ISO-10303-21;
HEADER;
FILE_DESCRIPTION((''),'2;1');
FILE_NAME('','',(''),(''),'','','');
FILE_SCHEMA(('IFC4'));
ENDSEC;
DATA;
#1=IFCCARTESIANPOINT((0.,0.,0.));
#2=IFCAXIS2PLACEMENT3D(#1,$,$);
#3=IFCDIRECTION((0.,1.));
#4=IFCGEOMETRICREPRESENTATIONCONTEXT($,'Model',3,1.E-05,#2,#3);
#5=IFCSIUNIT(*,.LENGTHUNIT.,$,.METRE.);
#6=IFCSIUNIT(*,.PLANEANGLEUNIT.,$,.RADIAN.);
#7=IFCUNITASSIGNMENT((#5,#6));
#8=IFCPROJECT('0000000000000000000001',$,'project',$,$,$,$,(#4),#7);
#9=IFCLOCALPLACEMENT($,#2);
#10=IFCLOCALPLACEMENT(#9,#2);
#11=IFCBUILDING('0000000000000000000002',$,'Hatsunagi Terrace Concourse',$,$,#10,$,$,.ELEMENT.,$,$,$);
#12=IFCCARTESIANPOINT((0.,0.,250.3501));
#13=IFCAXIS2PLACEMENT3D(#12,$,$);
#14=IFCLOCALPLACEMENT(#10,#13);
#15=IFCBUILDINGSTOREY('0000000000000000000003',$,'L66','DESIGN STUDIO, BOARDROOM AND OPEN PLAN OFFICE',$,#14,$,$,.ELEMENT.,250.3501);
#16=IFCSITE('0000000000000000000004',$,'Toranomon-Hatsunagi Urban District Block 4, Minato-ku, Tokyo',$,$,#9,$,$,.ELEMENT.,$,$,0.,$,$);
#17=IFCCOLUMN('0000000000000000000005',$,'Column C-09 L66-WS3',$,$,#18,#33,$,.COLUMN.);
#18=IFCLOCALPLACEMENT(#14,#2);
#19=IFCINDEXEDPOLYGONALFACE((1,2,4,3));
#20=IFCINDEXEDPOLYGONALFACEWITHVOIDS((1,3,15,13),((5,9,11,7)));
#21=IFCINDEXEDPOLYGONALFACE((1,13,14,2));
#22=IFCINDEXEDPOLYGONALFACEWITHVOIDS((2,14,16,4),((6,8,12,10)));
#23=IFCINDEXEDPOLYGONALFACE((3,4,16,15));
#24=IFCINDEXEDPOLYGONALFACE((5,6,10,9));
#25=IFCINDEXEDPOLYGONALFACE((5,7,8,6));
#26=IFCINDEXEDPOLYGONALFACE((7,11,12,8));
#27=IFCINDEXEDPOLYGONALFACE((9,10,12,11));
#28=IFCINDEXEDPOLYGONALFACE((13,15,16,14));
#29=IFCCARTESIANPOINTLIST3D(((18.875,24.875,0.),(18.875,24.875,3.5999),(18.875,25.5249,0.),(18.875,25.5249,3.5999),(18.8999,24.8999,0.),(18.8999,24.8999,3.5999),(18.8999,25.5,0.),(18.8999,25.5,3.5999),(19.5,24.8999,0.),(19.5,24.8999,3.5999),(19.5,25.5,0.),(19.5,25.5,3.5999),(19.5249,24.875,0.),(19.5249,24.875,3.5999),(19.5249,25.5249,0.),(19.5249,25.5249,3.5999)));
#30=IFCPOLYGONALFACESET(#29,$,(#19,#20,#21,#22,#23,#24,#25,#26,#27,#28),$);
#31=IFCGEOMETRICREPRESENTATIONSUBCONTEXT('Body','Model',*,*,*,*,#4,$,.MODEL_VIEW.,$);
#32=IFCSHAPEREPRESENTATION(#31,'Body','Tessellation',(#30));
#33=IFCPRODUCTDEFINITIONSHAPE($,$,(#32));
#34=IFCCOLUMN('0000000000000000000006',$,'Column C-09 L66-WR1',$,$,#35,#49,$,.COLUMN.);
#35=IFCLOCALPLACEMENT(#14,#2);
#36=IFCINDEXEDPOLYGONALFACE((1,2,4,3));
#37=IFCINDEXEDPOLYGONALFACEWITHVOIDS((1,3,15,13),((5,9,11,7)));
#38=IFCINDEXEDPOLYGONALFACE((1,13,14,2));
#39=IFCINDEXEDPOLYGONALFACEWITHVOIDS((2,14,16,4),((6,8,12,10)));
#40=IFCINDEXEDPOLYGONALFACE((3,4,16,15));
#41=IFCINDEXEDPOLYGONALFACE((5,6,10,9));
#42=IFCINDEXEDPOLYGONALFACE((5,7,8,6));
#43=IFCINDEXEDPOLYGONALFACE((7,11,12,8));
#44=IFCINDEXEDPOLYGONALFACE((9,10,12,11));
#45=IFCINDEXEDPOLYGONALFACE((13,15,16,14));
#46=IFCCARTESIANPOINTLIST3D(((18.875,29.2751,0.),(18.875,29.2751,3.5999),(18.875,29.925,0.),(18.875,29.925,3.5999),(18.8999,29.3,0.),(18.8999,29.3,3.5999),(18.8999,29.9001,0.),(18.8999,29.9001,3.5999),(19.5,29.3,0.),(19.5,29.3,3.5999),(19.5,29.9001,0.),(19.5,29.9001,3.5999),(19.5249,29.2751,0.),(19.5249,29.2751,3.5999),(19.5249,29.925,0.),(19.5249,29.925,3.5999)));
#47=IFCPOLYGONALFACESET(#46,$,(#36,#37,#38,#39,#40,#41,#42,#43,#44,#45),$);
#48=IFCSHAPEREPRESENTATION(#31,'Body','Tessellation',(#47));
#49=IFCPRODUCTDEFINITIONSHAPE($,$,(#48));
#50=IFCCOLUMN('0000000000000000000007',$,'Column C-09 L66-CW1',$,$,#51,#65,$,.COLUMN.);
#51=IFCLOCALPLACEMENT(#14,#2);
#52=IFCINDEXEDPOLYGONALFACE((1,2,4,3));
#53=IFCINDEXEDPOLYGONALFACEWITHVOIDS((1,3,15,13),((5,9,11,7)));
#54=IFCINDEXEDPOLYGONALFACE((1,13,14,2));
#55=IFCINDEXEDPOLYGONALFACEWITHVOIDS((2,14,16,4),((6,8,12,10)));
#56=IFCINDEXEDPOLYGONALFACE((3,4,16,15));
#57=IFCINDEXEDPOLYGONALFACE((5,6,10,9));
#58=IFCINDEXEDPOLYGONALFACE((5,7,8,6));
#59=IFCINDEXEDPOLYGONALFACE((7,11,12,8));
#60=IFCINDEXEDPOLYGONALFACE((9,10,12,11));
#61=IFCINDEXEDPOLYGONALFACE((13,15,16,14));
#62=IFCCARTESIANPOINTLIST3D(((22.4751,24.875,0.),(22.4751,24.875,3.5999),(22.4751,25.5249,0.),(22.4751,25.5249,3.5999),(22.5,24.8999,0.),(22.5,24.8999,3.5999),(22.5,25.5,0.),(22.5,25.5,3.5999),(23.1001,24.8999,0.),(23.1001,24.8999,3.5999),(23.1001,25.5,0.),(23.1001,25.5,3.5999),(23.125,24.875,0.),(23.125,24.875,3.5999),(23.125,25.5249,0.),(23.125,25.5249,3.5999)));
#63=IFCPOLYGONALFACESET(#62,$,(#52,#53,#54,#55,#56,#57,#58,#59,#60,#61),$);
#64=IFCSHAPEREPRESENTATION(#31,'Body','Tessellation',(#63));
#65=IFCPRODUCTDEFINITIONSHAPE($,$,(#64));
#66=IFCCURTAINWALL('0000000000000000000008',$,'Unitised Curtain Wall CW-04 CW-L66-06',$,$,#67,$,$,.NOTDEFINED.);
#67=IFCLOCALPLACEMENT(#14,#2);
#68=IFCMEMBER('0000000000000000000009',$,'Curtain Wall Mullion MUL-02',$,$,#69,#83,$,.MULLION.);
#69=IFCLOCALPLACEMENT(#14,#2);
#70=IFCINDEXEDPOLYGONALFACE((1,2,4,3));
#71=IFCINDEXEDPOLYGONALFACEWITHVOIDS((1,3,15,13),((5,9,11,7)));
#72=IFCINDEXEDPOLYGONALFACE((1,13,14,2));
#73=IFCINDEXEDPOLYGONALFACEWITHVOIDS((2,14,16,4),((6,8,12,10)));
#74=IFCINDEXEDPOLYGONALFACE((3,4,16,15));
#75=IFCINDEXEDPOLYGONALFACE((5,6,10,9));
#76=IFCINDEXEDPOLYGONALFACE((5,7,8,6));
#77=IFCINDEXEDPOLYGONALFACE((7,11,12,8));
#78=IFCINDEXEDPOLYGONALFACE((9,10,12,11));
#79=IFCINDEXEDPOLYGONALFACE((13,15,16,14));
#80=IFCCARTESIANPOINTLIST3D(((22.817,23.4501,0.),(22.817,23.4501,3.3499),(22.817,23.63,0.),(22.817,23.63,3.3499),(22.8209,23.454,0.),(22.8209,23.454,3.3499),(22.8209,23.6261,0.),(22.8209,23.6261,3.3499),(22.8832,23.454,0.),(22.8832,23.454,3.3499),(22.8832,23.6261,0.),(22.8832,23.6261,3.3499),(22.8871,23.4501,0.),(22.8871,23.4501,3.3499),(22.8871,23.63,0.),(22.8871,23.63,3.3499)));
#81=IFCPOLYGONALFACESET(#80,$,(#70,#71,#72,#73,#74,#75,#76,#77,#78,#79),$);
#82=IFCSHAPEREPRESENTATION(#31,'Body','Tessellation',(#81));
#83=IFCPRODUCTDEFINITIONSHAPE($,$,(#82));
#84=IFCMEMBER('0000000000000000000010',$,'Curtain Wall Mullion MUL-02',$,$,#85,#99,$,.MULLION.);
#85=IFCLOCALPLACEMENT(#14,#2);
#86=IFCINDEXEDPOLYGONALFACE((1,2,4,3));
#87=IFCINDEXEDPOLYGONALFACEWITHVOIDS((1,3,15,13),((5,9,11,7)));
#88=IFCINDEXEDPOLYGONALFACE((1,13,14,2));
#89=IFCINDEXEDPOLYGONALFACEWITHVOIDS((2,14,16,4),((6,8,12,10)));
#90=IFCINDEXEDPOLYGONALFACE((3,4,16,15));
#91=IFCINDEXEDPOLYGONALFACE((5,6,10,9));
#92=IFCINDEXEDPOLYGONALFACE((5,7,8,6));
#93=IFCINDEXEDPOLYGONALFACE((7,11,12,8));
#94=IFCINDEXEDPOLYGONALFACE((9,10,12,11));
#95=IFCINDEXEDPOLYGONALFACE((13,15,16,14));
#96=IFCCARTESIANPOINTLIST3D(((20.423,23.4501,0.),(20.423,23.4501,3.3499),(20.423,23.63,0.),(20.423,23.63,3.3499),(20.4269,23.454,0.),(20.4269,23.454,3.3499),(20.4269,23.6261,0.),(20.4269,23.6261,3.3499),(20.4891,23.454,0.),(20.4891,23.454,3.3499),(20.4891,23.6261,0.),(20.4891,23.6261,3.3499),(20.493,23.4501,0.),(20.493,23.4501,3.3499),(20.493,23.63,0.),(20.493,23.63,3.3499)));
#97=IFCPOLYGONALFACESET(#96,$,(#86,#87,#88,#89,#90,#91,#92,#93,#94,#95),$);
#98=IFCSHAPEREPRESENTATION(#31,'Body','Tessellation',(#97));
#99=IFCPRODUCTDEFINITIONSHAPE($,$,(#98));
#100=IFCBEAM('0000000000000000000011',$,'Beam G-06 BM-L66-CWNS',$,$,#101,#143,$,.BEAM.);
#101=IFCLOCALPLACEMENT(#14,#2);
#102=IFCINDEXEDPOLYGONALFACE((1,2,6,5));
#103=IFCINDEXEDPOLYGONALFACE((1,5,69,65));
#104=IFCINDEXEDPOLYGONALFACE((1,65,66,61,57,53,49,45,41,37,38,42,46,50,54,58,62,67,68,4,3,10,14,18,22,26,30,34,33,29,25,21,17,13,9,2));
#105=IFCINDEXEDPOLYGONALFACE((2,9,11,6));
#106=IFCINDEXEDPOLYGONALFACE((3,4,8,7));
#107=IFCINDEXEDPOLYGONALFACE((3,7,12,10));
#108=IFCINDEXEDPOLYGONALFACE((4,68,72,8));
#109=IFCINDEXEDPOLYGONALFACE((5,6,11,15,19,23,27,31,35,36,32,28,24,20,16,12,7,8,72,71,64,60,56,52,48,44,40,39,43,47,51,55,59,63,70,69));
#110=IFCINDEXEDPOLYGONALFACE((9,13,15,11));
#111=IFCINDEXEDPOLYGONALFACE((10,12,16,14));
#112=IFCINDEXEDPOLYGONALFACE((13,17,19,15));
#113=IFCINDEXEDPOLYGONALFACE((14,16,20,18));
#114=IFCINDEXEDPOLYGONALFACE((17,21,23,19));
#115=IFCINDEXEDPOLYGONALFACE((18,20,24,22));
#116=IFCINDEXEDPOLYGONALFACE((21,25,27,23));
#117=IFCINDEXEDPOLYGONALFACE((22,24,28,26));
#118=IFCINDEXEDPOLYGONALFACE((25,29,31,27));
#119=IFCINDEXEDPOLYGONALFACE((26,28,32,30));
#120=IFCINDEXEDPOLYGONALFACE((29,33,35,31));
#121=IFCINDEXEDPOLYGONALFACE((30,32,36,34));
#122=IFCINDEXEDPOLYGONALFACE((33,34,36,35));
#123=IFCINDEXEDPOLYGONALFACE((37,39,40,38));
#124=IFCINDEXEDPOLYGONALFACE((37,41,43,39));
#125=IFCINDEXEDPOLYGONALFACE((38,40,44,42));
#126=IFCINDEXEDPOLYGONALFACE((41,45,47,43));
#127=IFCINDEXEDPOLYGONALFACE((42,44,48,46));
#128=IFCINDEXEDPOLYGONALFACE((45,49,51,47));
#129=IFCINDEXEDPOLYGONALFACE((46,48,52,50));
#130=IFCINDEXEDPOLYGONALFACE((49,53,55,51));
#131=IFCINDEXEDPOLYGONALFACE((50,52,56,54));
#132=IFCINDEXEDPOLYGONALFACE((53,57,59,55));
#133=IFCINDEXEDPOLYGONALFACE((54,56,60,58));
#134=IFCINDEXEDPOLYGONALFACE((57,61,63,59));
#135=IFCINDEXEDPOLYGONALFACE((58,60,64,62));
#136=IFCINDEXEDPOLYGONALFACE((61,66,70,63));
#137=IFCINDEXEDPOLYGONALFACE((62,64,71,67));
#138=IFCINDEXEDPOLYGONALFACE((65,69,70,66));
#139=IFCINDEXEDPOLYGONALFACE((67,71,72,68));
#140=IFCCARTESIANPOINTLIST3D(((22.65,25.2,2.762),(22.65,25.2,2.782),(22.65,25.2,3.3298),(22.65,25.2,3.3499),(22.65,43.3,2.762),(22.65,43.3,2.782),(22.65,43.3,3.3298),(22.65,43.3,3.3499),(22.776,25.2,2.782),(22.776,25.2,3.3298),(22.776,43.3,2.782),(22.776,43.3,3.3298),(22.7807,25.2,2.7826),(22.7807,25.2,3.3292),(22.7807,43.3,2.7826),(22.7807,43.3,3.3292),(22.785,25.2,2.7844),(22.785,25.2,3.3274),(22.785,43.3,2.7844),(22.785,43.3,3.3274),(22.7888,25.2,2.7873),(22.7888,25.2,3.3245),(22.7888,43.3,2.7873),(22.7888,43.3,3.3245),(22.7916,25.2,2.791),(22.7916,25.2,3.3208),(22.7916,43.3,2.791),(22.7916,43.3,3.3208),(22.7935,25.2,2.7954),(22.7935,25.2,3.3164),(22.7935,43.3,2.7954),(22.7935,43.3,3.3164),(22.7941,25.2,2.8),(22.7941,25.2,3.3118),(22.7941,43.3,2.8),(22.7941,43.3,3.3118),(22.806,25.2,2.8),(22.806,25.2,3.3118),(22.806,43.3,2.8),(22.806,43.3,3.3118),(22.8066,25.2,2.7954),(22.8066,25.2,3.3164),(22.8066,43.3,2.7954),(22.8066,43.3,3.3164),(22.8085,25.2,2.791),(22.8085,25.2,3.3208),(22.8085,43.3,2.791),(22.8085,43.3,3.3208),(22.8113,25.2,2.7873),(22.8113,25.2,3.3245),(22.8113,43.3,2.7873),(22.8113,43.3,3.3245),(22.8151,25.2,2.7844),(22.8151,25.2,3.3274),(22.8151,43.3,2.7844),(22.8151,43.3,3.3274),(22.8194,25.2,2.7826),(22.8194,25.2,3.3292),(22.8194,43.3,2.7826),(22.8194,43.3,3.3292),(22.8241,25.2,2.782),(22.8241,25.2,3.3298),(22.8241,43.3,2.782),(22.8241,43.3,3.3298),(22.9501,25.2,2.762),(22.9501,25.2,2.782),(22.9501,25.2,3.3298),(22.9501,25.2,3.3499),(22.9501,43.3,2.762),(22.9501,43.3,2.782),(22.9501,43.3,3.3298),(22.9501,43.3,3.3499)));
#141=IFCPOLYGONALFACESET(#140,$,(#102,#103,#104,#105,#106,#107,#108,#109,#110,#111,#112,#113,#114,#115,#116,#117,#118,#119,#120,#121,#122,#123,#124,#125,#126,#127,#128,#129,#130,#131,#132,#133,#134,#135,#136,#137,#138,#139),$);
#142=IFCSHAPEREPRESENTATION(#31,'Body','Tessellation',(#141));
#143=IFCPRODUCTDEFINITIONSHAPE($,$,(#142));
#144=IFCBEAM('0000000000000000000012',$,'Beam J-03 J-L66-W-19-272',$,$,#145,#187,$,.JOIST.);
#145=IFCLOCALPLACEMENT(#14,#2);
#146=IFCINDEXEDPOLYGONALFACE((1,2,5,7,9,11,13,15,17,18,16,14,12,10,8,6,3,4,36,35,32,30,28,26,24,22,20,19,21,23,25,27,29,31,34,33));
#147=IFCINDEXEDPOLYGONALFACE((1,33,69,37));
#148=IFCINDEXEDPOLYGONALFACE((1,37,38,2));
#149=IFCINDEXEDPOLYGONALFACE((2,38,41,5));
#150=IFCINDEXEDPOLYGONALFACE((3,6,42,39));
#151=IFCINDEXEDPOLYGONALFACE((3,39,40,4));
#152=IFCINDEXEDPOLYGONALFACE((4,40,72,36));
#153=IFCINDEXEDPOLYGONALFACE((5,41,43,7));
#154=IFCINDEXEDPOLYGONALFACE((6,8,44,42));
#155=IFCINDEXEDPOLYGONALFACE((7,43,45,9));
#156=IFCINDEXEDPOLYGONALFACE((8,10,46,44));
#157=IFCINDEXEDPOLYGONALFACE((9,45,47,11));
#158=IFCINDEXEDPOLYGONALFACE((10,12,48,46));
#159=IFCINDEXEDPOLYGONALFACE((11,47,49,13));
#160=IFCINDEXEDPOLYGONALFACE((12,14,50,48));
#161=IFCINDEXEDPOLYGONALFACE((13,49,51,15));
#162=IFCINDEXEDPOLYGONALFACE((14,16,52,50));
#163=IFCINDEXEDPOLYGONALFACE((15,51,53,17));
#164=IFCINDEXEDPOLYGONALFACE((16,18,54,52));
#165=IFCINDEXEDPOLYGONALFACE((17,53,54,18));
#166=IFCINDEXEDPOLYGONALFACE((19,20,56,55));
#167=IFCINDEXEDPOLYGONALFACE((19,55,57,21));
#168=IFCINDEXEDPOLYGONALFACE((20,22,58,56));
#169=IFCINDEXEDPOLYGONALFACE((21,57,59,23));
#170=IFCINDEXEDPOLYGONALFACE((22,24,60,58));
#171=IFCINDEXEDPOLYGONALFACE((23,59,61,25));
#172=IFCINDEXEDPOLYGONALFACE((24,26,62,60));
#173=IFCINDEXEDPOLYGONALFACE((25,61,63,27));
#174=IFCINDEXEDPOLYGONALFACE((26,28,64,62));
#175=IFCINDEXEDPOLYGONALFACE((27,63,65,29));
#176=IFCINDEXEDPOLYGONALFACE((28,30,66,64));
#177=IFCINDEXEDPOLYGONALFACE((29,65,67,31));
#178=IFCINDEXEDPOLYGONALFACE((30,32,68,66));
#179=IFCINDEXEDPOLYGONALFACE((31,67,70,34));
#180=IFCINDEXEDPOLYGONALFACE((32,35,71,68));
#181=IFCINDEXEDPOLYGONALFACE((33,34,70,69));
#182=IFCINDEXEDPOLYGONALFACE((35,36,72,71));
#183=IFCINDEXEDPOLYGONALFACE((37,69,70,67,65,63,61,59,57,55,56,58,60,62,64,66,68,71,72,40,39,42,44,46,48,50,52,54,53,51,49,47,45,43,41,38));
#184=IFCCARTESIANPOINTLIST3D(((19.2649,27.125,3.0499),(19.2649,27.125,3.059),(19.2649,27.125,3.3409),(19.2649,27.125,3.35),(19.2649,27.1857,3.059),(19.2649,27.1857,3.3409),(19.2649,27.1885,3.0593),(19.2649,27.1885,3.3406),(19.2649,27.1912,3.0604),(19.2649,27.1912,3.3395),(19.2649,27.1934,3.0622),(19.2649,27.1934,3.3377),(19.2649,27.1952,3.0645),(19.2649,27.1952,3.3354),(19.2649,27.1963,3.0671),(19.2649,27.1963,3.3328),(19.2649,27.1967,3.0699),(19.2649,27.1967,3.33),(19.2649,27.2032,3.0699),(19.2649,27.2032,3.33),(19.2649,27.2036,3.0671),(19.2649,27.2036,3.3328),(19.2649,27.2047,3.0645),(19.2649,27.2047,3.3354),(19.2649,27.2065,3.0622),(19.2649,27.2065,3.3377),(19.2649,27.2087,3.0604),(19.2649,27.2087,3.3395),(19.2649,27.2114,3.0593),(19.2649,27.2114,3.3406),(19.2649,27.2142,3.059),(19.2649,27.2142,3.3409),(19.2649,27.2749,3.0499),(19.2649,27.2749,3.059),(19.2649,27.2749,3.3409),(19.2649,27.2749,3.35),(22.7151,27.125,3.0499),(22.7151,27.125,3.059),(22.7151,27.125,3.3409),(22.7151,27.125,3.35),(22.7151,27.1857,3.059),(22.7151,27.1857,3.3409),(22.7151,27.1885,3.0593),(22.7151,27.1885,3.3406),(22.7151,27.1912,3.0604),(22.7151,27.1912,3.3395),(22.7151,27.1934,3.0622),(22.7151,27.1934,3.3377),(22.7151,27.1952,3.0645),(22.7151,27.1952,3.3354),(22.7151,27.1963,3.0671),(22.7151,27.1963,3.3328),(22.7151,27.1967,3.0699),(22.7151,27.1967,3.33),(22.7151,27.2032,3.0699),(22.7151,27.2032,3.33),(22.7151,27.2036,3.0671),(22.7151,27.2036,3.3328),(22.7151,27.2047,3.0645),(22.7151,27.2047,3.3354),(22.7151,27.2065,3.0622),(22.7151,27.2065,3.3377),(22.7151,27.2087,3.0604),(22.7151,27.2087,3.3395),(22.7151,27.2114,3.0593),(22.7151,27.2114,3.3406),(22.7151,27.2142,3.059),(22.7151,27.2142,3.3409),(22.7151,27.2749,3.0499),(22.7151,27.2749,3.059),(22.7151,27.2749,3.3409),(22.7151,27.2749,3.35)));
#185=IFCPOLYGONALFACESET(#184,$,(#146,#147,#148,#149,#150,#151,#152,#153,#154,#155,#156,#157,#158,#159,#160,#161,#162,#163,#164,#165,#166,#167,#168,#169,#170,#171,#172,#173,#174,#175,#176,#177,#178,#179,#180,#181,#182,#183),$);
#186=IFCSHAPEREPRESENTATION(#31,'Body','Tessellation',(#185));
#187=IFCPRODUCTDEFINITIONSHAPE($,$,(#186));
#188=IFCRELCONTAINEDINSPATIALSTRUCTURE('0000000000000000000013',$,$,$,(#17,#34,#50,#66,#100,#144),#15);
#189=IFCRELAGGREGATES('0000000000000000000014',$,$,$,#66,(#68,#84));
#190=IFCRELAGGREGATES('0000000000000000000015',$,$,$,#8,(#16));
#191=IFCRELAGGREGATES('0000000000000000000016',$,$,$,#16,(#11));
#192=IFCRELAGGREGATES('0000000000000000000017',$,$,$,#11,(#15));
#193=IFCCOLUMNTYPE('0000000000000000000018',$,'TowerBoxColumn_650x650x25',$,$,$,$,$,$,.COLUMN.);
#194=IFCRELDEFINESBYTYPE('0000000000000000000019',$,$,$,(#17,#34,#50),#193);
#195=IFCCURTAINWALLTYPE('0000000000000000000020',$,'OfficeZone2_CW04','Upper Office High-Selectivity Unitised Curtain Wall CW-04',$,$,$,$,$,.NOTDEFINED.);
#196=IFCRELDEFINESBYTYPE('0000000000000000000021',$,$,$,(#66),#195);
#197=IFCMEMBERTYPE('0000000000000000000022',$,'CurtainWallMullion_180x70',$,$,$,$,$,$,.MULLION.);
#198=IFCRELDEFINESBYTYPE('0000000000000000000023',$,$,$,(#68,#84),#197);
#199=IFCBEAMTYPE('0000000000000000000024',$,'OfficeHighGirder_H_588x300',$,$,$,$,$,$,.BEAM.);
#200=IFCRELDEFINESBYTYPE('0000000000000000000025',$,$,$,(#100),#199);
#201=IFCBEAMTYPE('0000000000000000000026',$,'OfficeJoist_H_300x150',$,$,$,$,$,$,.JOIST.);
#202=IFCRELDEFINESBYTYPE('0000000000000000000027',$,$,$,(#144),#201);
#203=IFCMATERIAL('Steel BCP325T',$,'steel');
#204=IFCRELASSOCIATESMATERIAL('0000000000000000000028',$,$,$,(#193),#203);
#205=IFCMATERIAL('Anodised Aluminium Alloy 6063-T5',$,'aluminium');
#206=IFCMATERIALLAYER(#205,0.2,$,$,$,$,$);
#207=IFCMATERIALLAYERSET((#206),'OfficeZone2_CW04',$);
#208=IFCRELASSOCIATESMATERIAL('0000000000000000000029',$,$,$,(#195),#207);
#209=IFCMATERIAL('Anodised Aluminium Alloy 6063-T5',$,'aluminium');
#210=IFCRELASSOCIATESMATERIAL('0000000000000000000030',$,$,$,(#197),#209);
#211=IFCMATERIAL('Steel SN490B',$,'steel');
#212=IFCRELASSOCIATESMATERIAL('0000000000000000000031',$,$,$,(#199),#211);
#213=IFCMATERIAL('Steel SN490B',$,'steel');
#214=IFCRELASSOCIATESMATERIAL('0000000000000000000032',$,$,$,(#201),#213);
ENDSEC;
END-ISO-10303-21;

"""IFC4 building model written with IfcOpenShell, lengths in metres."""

from ifc_helpers import new_model, si_unit, direction, frame, origin, origin_2d, place, context, subcontext, project, spatial, hollow_rectangle, i_section, extrude, material, layer, layer_set, material_profile, profile_set, type_object, element, aggregate, save


model = new_model("IFC4")

# Units and contexts
model_context = context("Model", 3, precision=1e-05, world=origin(), true_north=direction((0.0, 1.0)))
body_context = subcontext(model_context, "Body", "Model", "MODEL_VIEW")
ifc_project = project(units=[si_unit("LENGTHUNIT", "METRE"), si_unit("PLANEANGLEUNIT", "RADIAN")], contexts=[model_context])

# Site, building, storey
site_placement = place(None, origin())
site = spatial("IfcSite", under=ifc_project, at=site_placement, Name="Toranomon-Hatsunagi Urban District Block 4, Minato-ku, Tokyo", CompositionType="ELEMENT", RefElevation=0.0)
building_placement = place(site_placement, origin())
building = spatial("IfcBuilding", under=site, at=building_placement, Name="Hatsunagi Terrace Concourse", CompositionType="ELEMENT")
storey_placement = place(building_placement, frame((0.0, 0.0, 250.3501)))
storey = spatial("IfcBuildingStorey", under=building, at=storey_placement, Name="L66", Description="DESIGN STUDIO, BOARDROOM AND OPEN PLAN OFFICE", CompositionType="ELEMENT", Elevation=250.3501)

# Columns
ifc_material_1 = material(Name="Steel BCP325T", Category="steel")
ifc_material_profile_1 = material_profile(ifc_material_1, hollow_rectangle(XDim=0.6499, YDim=0.6499, WallThickness=0.0249, at=origin_2d()), Name="BCP-650x650x25")
ifc_profile_set_1 = profile_set([ifc_material_profile_1], Name="Steel BCP325T")
column_type = type_object("IfcColumnType", Name="TowerBoxColumn_650x650x25", PredefinedType="COLUMN", material=ifc_profile_set_1)
for number, where, z_axis, x_axis, name in (
    (1, (19.2, 25.2, 0.0), (0.0, 0.0, 1.0), (1.0, 0.0, 0.0), "Column C-09 L66-WS3"),
    (2, (19.2, 29.6001, 0.0), (0.0, 0.0, 1.0), (1.0, 0.0, 0.0), "Column C-09 L66-WR1"),
    (3, (22.8, 25.2, 0.0), (0.0, 0.0, 1.0), (1.0, 0.0, 0.0), "Column C-09 L66-CW1"),
):
    element("IfcColumn", number, at=place(storey_placement, frame(where, z_axis=z_axis, x_axis=x_axis)), inside=storey, type_object=column_type, Name=name, PredefinedType="COLUMN", context=body_context, shape_type="SweptSolid", body=[
        extrude(hollow_rectangle(XDim=0.6499, YDim=0.6499, WallThickness=0.0249, at=origin_2d()), origin(), (0.0, 0.0, 1.0), 3.5999),
    ])

# Curtain wall, members
ifc_material_2 = material(Name="Anodised Aluminium Alloy 6063-T5", Category="aluminium")
ifc_layer_1 = layer(ifc_material_2, 0.2)
ifc_layer_set_1 = layer_set([ifc_layer_1], Name="OfficeZone2_CW04")
curtain_wall_type = type_object("IfcCurtainWallType", Name="OfficeZone2_CW04", Description="Upper Office High-Selectivity Unitised Curtain Wall CW-04", PredefinedType="NOTDEFINED", material=ifc_layer_set_1)
curtain_wall_placement = place(storey_placement, origin())
curtain_wall = element("IfcCurtainWall", 4, at=curtain_wall_placement, inside=storey, type_object=curtain_wall_type, Name="Unitised Curtain Wall CW-04 CW-L66-06", PredefinedType="NOTDEFINED")
ifc_material_3 = material(Name="Anodised Aluminium Alloy 6063-T5", Category="aluminium")
ifc_material_profile_2 = material_profile(ifc_material_3, hollow_rectangle(XDim=0.0701, YDim=0.1799, WallThickness=0.0039, at=origin_2d()), Name="ALU-MUL-180x70x4")
ifc_profile_set_2 = profile_set([ifc_material_profile_2], Name="Anodised Aluminium Alloy 6063-T5")
member_type = type_object("IfcMemberType", Name="CurtainWallMullion_180x70", PredefinedType="MULLION", material=ifc_profile_set_2)
member_1_placement = place(storey_placement, frame((22.8521, 23.54, 0.0), z_axis=(0.0, 0.0, 1.0), x_axis=(-1.0, 0.0, 0.0)))
member_1 = element("IfcMember", 5, at=member_1_placement, type_object=member_type, Name="Curtain Wall Mullion MUL-02", PredefinedType="MULLION", context=body_context, shape_type="SweptSolid", body=[
    extrude(hollow_rectangle(XDim=0.0701, YDim=0.1799, WallThickness=0.0039, at=origin_2d()), origin(), (0.0, 0.0, 1.0), 3.3499),
])
member_2_placement = place(storey_placement, frame((20.458, 23.54, 0.0), z_axis=(0.0, 0.0, 1.0), x_axis=(-1.0, 0.0, 0.0)))
member_2 = element("IfcMember", 6, at=member_2_placement, type_object=member_type, Name="Curtain Wall Mullion MUL-02", PredefinedType="MULLION", context=body_context, shape_type="SweptSolid", body=[
    extrude(hollow_rectangle(XDim=0.0701, YDim=0.1799, WallThickness=0.0039, at=origin_2d()), origin(), (0.0, 0.0, 1.0), 3.3499),
])

# Beams
ifc_material_4 = material(Name="Steel SN490B", Category="steel")
ifc_material_profile_3 = material_profile(ifc_material_4, i_section(OverallWidth=0.3, OverallDepth=0.5879, WebThickness=0.012, FlangeThickness=0.02, FilletRadius=0.0181, at=origin_2d()), Name="H-588x300x12x20")
ifc_profile_set_3 = profile_set([ifc_material_profile_3], Name="Steel SN490B")
beam_type_1 = type_object("IfcBeamType", Name="OfficeHighGirder_H_588x300", PredefinedType="BEAM", material=ifc_profile_set_3)
beam_1_placement = place(storey_placement, frame((22.8, 25.2, 3.0559), z_axis=(0.0, 1.0, 0.0), x_axis=(-1.0, 0.0, 0.0)))
element("IfcBeam", 7, at=beam_1_placement, inside=storey, type_object=beam_type_1, Name="Beam G-06 BM-L66-CWNS", PredefinedType="BEAM", context=body_context, shape_type="SweptSolid", body=[
    extrude(i_section(OverallWidth=0.3, OverallDepth=0.5879, WebThickness=0.012, FlangeThickness=0.02, FilletRadius=0.0181, at=origin_2d()), origin(), (0.0, 0.0, 1.0), 18.1001),
])
ifc_material_5 = material(Name="Steel SN490B", Category="steel")
ifc_material_profile_4 = material_profile(ifc_material_5, i_section(OverallWidth=0.1499, OverallDepth=0.3, WebThickness=0.0066, FlangeThickness=0.009, FilletRadius=0.011, at=origin_2d()), Name="H-300x150x6.5x9")
ifc_profile_set_4 = profile_set([ifc_material_profile_4], Name="Steel SN490B")
beam_type_2 = type_object("IfcBeamType", Name="OfficeJoist_H_300x150", PredefinedType="JOIST", material=ifc_profile_set_4)
beam_2_placement = place(storey_placement, frame((19.2649, 27.2, 3.2), z_axis=(1.0, 0.0, 0.0), x_axis=(0.0, 1.0, 0.0)))
element("IfcBeam", 8, at=beam_2_placement, inside=storey, type_object=beam_type_2, Name="Beam J-03 J-L66-W-19-272", PredefinedType="JOIST", context=body_context, shape_type="SweptSolid", body=[
    extrude(i_section(OverallWidth=0.1499, OverallDepth=0.3, WebThickness=0.0066, FlangeThickness=0.009, FilletRadius=0.011, at=origin_2d()), origin(), (0.0, 0.0, 1.0), 3.4502),
])

aggregate(curtain_wall, [member_1, member_2])

save(model, "model.ifc")
